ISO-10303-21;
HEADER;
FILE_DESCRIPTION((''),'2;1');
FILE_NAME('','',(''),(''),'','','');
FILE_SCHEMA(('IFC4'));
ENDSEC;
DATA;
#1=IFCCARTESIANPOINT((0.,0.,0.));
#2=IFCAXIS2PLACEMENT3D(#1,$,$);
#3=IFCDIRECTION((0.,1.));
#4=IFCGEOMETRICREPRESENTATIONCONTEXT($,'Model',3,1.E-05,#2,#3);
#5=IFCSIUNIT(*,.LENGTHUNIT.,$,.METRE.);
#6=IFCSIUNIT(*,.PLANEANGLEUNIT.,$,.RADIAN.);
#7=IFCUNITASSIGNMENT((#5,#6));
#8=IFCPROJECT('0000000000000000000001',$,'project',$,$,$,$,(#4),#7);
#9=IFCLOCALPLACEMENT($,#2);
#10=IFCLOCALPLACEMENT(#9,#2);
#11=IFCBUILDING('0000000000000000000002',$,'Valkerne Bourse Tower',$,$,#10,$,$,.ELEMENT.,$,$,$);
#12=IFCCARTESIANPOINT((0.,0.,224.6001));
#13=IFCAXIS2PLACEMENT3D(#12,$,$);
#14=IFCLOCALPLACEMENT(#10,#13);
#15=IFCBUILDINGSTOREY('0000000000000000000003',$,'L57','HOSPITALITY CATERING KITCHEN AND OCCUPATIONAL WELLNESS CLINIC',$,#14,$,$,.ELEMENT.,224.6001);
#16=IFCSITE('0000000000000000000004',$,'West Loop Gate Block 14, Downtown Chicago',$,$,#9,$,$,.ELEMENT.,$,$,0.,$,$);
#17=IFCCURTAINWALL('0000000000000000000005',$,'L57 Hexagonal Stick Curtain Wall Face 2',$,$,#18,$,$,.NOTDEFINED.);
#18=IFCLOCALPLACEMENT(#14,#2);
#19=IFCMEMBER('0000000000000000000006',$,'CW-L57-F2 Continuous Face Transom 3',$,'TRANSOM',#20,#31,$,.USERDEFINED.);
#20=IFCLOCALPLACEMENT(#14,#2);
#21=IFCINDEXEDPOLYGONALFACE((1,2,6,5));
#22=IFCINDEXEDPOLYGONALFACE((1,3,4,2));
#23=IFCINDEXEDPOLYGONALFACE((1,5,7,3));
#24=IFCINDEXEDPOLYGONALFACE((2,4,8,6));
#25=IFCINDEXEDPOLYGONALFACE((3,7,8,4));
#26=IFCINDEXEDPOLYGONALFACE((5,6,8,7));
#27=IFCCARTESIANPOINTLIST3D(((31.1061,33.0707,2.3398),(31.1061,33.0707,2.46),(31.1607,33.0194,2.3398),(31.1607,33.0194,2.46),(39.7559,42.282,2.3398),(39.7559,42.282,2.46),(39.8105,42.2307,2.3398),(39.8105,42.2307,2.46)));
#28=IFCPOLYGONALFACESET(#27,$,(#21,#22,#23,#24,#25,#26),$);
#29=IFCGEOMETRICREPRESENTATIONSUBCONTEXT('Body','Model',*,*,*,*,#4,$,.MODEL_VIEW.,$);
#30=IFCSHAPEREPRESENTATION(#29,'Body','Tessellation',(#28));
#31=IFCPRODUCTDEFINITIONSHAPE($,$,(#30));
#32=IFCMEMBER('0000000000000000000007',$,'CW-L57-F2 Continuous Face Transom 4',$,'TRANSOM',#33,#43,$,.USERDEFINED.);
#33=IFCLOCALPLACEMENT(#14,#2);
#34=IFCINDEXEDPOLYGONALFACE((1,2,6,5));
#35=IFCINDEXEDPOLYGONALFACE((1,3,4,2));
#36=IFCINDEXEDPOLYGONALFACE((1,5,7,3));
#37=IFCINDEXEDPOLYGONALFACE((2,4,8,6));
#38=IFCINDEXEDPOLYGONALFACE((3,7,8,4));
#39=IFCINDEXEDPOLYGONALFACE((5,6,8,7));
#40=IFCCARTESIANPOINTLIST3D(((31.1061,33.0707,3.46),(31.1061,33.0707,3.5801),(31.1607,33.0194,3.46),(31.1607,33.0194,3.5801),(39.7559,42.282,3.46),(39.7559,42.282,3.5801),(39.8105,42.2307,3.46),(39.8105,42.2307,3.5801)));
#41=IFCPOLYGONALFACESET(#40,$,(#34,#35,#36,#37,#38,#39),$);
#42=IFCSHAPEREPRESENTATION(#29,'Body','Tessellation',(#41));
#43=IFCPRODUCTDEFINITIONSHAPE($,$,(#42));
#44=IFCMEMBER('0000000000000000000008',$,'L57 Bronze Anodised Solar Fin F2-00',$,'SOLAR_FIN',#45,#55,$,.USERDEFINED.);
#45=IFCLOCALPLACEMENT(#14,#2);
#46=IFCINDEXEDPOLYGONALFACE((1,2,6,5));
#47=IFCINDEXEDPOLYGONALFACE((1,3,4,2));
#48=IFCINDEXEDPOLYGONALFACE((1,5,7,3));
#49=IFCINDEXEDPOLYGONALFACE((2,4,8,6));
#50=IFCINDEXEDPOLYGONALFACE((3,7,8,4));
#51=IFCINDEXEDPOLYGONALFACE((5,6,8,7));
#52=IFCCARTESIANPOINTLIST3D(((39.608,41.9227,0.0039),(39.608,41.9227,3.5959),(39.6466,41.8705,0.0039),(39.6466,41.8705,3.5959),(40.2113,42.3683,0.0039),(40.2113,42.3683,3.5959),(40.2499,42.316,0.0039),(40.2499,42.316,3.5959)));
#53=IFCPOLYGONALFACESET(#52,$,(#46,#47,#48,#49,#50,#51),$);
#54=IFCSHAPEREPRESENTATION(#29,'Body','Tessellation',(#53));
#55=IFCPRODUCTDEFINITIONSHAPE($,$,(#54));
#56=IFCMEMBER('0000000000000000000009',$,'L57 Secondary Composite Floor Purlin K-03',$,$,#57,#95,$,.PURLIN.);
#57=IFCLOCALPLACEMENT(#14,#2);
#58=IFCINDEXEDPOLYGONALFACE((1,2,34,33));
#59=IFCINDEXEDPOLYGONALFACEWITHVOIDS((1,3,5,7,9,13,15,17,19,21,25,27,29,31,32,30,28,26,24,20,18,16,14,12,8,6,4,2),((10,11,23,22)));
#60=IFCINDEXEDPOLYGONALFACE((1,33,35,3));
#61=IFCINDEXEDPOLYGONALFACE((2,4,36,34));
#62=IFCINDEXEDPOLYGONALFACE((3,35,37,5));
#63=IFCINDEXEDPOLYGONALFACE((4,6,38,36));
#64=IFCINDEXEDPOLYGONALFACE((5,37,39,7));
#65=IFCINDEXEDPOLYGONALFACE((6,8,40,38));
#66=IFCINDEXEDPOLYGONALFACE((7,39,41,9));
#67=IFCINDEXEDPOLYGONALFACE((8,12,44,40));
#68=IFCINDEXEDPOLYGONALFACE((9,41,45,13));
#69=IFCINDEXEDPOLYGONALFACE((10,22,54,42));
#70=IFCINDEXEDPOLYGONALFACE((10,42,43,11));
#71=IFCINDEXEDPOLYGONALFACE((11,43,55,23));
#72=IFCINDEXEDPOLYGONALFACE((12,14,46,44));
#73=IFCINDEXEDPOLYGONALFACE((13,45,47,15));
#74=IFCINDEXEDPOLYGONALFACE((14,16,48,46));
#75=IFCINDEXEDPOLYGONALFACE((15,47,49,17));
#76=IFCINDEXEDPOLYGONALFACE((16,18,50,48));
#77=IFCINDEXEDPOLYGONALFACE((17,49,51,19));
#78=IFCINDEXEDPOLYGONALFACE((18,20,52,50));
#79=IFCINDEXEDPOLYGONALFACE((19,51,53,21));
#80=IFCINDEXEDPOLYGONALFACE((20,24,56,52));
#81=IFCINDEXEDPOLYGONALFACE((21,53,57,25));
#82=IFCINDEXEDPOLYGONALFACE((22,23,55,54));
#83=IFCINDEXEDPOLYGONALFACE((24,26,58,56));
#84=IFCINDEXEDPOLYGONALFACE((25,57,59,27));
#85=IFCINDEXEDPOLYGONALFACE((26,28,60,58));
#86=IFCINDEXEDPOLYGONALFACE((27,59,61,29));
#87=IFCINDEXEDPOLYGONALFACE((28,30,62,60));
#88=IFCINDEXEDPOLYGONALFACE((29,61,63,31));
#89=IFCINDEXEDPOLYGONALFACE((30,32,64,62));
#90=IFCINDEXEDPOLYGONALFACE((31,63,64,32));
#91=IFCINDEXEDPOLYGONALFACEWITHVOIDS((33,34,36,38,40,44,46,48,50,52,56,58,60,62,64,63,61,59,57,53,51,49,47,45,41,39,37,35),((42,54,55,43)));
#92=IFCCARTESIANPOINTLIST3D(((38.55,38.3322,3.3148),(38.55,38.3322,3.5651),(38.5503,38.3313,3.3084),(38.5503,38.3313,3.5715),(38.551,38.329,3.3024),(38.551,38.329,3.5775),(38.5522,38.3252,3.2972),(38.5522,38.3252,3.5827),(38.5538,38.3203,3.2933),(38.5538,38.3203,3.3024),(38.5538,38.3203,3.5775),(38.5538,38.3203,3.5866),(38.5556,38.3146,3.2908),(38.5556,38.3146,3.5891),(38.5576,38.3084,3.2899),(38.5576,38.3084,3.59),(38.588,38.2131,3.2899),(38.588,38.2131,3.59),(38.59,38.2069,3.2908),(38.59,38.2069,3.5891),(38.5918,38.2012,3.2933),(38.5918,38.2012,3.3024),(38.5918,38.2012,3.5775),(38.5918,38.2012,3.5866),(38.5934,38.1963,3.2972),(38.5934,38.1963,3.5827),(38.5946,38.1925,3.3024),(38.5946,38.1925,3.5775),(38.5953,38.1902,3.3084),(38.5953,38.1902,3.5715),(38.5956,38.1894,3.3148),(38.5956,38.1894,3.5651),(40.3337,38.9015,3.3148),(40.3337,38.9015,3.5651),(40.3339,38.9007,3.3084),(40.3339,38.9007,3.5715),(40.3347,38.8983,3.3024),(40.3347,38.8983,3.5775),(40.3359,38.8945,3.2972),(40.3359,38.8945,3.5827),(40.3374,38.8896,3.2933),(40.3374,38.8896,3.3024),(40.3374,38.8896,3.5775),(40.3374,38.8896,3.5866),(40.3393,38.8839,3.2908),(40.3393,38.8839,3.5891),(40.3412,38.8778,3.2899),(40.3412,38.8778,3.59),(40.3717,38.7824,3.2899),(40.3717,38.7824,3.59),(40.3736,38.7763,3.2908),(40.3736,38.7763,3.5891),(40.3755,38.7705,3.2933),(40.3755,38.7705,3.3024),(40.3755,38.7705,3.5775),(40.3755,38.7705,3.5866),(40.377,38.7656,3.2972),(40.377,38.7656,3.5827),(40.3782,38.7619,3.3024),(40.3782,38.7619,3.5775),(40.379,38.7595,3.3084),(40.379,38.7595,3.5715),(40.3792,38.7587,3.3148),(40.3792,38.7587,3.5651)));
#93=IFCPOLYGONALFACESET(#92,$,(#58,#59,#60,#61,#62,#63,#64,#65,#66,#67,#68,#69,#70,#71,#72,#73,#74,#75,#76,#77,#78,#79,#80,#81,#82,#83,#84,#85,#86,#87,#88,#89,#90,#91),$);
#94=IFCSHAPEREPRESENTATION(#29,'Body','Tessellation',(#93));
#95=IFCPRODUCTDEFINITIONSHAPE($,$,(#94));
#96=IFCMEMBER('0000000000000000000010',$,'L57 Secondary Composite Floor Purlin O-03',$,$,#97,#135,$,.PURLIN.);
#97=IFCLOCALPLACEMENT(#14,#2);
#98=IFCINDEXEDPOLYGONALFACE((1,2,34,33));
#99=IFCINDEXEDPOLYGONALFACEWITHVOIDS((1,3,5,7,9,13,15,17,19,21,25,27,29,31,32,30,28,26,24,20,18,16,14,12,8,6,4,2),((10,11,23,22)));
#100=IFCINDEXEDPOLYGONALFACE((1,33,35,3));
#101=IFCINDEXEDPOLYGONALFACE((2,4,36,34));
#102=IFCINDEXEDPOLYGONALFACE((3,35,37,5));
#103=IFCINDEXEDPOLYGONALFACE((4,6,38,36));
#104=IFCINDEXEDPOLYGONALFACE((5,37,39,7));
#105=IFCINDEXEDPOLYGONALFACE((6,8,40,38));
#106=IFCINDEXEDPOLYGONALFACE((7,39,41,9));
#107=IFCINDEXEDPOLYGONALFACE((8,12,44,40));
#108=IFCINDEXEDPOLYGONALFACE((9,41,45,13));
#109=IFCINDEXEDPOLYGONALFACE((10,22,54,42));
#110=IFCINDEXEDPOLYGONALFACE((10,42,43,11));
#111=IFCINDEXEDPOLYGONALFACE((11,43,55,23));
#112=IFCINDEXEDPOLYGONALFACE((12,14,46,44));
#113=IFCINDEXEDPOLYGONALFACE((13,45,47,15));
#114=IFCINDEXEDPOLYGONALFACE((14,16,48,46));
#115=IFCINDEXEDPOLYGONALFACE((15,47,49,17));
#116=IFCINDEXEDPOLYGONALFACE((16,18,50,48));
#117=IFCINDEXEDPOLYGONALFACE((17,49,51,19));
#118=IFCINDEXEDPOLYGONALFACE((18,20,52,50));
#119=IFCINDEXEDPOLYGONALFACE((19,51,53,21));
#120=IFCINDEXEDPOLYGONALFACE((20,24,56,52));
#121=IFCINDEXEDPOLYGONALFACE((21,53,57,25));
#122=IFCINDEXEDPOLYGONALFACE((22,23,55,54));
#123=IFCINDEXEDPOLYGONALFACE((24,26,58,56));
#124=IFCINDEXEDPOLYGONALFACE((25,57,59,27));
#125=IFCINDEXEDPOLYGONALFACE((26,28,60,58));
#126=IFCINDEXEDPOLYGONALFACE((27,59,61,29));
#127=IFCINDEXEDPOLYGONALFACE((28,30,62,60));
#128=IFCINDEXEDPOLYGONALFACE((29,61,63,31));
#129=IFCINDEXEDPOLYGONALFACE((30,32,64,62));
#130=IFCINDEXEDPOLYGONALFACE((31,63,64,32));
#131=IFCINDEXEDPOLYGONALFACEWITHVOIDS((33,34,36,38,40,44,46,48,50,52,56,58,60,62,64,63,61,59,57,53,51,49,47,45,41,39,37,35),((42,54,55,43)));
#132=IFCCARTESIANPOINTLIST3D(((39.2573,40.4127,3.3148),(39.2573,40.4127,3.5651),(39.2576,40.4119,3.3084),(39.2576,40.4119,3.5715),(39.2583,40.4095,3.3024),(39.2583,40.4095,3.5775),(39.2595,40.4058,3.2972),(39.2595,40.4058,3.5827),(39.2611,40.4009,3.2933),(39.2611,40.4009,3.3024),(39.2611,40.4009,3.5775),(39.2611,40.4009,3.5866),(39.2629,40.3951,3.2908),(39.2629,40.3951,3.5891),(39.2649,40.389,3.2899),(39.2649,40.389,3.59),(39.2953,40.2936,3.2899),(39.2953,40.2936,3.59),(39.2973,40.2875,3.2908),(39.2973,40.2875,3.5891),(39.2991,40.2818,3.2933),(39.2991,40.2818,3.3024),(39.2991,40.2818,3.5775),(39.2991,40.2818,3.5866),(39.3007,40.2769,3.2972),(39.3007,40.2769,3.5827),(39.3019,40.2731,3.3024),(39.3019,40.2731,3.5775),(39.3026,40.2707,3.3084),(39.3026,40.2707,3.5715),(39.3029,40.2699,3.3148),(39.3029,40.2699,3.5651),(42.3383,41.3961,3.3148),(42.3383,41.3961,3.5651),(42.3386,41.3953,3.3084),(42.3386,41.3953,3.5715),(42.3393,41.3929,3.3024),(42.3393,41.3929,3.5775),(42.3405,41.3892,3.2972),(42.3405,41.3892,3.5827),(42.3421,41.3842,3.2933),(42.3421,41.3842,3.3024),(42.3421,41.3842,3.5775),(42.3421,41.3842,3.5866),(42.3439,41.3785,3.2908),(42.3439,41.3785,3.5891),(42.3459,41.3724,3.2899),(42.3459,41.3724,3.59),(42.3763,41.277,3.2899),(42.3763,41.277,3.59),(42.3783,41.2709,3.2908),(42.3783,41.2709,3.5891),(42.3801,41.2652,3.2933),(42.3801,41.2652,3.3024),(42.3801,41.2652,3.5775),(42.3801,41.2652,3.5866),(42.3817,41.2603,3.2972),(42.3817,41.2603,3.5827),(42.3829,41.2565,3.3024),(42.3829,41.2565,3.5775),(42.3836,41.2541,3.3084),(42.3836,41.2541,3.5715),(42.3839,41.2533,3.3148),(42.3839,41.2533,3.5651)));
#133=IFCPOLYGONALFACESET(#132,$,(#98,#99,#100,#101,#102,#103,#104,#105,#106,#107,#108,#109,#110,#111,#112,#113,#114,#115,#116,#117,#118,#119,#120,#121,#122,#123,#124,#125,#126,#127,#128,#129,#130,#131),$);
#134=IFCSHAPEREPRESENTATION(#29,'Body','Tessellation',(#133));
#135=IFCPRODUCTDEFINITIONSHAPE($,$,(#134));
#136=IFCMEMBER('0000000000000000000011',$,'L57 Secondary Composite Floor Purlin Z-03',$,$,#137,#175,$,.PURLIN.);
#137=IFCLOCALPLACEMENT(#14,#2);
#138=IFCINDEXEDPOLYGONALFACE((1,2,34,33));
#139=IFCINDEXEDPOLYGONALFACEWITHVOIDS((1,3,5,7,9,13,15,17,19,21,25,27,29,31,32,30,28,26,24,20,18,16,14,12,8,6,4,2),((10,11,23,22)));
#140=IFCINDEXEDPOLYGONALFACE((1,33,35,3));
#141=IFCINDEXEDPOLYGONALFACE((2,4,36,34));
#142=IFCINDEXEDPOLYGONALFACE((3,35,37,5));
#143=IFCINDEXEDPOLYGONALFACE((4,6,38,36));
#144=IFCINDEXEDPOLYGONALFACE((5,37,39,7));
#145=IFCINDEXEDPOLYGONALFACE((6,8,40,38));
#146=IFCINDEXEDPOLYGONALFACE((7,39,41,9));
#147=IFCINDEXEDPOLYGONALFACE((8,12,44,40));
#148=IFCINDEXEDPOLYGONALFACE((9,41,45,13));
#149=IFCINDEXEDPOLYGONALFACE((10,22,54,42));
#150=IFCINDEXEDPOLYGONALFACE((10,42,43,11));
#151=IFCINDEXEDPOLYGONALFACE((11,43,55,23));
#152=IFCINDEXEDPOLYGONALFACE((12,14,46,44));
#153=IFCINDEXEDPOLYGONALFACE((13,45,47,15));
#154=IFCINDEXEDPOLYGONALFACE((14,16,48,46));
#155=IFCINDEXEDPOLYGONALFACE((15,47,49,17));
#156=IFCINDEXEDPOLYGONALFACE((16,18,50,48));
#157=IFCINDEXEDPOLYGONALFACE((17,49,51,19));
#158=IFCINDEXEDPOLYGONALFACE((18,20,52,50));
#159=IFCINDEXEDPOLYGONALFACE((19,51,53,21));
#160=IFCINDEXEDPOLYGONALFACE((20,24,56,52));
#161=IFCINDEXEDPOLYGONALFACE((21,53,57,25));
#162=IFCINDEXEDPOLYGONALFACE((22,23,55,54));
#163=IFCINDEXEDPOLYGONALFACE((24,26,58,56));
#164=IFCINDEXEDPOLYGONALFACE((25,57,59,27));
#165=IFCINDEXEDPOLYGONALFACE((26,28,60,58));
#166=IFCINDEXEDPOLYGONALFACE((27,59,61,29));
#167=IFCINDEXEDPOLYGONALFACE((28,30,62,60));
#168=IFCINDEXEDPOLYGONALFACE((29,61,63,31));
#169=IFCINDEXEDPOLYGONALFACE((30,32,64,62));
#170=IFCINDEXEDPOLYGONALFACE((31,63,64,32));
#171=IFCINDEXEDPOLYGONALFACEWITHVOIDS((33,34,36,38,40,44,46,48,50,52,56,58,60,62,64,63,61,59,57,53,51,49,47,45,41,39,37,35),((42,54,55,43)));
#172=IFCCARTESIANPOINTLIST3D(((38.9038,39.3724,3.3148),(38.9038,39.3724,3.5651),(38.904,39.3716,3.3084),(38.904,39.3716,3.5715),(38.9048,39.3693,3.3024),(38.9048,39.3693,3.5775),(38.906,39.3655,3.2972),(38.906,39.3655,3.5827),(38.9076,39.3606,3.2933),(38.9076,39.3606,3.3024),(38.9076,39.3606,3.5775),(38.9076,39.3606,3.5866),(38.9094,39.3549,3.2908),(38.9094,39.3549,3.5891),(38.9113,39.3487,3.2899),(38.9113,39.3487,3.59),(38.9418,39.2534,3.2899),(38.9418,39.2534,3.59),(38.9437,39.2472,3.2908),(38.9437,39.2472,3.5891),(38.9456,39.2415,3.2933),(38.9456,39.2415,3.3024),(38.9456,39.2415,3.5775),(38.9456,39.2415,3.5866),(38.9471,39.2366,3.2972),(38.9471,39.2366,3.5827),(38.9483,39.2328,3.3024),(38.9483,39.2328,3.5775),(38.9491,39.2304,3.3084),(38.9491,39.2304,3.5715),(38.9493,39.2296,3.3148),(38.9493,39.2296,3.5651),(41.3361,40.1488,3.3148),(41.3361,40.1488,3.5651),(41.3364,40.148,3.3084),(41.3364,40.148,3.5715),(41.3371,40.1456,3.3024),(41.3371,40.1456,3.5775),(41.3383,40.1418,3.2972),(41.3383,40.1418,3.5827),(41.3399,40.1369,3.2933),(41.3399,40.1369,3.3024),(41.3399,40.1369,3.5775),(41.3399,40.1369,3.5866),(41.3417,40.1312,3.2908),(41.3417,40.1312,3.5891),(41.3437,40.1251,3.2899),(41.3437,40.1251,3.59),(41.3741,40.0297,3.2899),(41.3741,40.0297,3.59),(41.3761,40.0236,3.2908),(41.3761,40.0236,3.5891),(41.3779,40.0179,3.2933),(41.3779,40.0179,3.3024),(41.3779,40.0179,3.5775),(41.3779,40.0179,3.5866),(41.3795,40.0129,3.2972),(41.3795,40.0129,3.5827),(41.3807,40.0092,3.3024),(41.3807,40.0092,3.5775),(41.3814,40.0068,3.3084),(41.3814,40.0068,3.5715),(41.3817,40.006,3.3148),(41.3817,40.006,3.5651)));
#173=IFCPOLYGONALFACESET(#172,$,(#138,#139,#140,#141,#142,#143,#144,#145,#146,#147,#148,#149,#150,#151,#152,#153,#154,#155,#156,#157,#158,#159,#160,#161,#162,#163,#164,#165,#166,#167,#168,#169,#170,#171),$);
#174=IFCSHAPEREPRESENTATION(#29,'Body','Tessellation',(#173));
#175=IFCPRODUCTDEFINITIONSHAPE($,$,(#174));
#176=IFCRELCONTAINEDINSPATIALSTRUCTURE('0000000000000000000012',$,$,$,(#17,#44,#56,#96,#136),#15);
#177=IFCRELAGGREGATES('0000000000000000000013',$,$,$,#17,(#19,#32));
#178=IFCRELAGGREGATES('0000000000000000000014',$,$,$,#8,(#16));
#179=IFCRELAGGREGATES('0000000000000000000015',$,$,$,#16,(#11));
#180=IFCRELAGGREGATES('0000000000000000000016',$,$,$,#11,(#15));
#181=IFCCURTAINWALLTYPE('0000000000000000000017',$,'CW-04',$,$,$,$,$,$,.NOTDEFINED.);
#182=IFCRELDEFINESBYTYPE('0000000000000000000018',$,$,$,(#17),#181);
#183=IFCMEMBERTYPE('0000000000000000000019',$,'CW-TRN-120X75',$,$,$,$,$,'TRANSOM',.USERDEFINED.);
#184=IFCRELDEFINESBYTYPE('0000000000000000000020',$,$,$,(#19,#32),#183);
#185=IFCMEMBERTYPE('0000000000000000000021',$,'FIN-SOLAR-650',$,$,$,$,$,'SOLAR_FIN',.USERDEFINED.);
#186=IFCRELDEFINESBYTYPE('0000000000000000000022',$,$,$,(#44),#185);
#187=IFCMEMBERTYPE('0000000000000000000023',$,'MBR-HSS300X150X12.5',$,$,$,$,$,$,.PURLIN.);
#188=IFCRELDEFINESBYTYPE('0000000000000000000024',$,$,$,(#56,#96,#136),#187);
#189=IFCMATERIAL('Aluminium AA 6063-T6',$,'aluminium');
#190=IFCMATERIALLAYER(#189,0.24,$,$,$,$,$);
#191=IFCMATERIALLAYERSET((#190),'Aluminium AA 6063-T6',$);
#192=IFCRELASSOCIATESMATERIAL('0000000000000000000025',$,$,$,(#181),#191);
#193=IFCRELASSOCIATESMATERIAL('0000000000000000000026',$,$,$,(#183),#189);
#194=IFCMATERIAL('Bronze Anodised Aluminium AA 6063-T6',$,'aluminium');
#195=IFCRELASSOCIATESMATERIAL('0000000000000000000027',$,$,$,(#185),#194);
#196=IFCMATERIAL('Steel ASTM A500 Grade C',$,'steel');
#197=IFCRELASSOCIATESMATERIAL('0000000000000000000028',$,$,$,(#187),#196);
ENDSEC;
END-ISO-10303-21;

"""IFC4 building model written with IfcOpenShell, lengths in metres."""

from ifc_helpers import new_model, si_unit, direction, frame, origin, origin_2d, place, context, subcontext, project, spatial, rectangle, hollow_rectangle, extrude, material, layer, layer_set, material_profile, profile_set, type_object, element, aggregate, save


model = new_model("IFC4")

# Units and contexts
model_context = context("Model", 3, precision=1e-05, world=origin(), true_north=direction((0.0, 1.0)))
body_context = subcontext(model_context, "Body", "Model", "MODEL_VIEW")
ifc_project = project(units=[si_unit("LENGTHUNIT", "METRE"), si_unit("PLANEANGLEUNIT", "RADIAN")], contexts=[model_context])

# Site, building, storey
site_placement = place(None, origin())
site = spatial("IfcSite", under=ifc_project, at=site_placement, Name="West Loop Gate Block 14, Downtown Chicago", CompositionType="ELEMENT", RefElevation=0.0)
building_placement = place(site_placement, origin())
building = spatial("IfcBuilding", under=site, at=building_placement, Name="Valkerne Bourse Tower", CompositionType="ELEMENT")
storey_placement = place(building_placement, frame((0.0, 0.0, 224.6001)))
storey = spatial("IfcBuildingStorey", under=building, at=storey_placement, Name="L57", Description="HOSPITALITY CATERING KITCHEN AND OCCUPATIONAL WELLNESS CLINIC", CompositionType="ELEMENT", Elevation=224.6001)

# Curtain wall, members
ifc_material_1 = material(Name="Aluminium AA 6063-T6", Category="aluminium")
ifc_layer_1 = layer(ifc_material_1, 0.24)
ifc_layer_set_1 = layer_set([ifc_layer_1], Name="Aluminium AA 6063-T6")
curtain_wall_type = type_object("IfcCurtainWallType", Name="CW-04", PredefinedType="NOTDEFINED", material=ifc_layer_set_1)
curtain_wall_1_placement = place(storey_placement, origin())
curtain_wall_1 = element("IfcCurtainWall", 1, at=curtain_wall_1_placement, inside=storey, type_object=curtain_wall_type, Name="L57 Hexagonal Stick Curtain Wall Face 2", PredefinedType="NOTDEFINED")
ifc_material_profile_1 = material_profile(ifc_material_1, rectangle(XDim=0.075, YDim=0.1201, at=origin_2d()), Name="CWT-75X120")
ifc_profile_set_1 = profile_set([ifc_material_profile_1], Name="Aluminium AA 6063-T6")
member_type_1 = type_object("IfcMemberType", Name="CW-TRN-120X75", ElementType="TRANSOM", PredefinedType="USERDEFINED", material=ifc_profile_set_1)
member_1_placement = place(storey_placement, frame((39.7832, 42.2563, 2.3999), z_axis=(-0.684539, -0.728977, 0.0), x_axis=(0.728977, -0.684539, 0.0)))
member_1 = element("IfcMember", 2, at=member_1_placement, type_object=member_type_1, Name="CW-L57-F2 Continuous Face Transom 3", ObjectType="TRANSOM", PredefinedType="USERDEFINED", context=body_context, shape_type="SweptSolid", body=[
    extrude(rectangle(XDim=0.075, YDim=0.1201, at=origin_2d()), origin(), (0.0, 0.0, 1.0), 12.636),
])
member_2_placement = place(storey_placement, frame((39.7832, 42.2563, 3.52), z_axis=(-0.684539, -0.728977, 0.0), x_axis=(0.728977, -0.684539, 0.0)))
member_2 = element("IfcMember", 3, at=member_2_placement, type_object=member_type_1, Name="CW-L57-F2 Continuous Face Transom 4", ObjectType="TRANSOM", PredefinedType="USERDEFINED", context=body_context, shape_type="SweptSolid", body=[
    extrude(rectangle(XDim=0.075, YDim=0.1201, at=origin_2d()), origin(), (0.0, 0.0, 1.0), 12.636),
])
aggregate(curtain_wall_1, [member_1, member_2])

# Members
ifc_material_2 = material(Name="Bronze Anodised Aluminium AA 6063-T6", Category="aluminium")
ifc_material_profile_2 = material_profile(ifc_material_2, rectangle(XDim=0.0649, YDim=0.75, at=origin_2d()), Name="FIN-65X750")
ifc_profile_set_2 = profile_set([ifc_material_profile_2], Name="Bronze Anodised Aluminium AA 6063-T6")
member_type_2 = type_object("IfcMemberType", Name="FIN-SOLAR-650", ElementType="SOLAR_FIN", PredefinedType="USERDEFINED", material=ifc_profile_set_2)
member_3_placement = place(storey_placement, frame((39.929, 42.1194, 0.0039), z_axis=(0.0, 0.0, 1.0), x_axis=(-0.594037, 0.804438, 0.0)))
element("IfcMember", 4, at=member_3_placement, inside=storey, type_object=member_type_2, Name="L57 Bronze Anodised Solar Fin F2-00", ObjectType="SOLAR_FIN", PredefinedType="USERDEFINED", context=body_context, shape_type="SweptSolid", body=[
    extrude(rectangle(XDim=0.0649, YDim=0.75, at=origin_2d()), origin(), (0.0, 0.0, 1.0), 3.592),
])
ifc_material_3 = material(Name="Steel ASTM A500 Grade C", Category="steel")
ifc_material_profile_3 = material_profile(ifc_material_3, hollow_rectangle(XDim=0.1499, YDim=0.3, WallThickness=0.0125, OuterFilletRadius=0.0249, at=origin_2d()), Name="HSS300X150X12.5")
ifc_profile_set_3 = profile_set([ifc_material_profile_3], Name="Steel ASTM A500 Grade C")
member_type_3 = type_object("IfcMemberType", Name="MBR-HSS300X150X12.5", PredefinedType="PURLIN", material=ifc_profile_set_3)
member_4_placement = place(storey_placement, frame((40.3564, 38.8301, 3.4399), z_axis=(-0.952648, -0.304075, 0.0), x_axis=(0.304075, -0.952648, 0.0)))
element("IfcMember", 5, at=member_4_placement, inside=storey, type_object=member_type_3, Name="L57 Secondary Composite Floor Purlin K-03", PredefinedType="PURLIN", context=body_context, shape_type="SweptSolid", body=[
    extrude(hollow_rectangle(XDim=0.1499, YDim=0.3, WallThickness=0.0125, OuterFilletRadius=0.0249, at=origin_2d()), origin(), (0.0, 0.0, 1.0), 1.8723),
])
member_5_placement = place(storey_placement, frame((42.3611, 41.3247, 3.4399), z_axis=(-0.952652, -0.304063, 0.0), x_axis=(0.304063, -0.952652, 0.0)))
element("IfcMember", 6, at=member_5_placement, inside=storey, type_object=member_type_3, Name="L57 Secondary Composite Floor Purlin O-03", PredefinedType="PURLIN", context=body_context, shape_type="SweptSolid", body=[
    extrude(hollow_rectangle(XDim=0.1499, YDim=0.3, WallThickness=0.0125, OuterFilletRadius=0.0249, at=origin_2d()), origin(), (0.0, 0.0, 1.0), 3.2341),
])
member_6_placement = place(storey_placement, frame((41.3589, 40.0774, 3.4399), z_axis=(-0.95265, -0.304068, 0.0), x_axis=(0.304068, -0.95265, 0.0)))
element("IfcMember", 7, at=member_6_placement, inside=storey, type_object=member_type_3, Name="L57 Secondary Composite Floor Purlin Z-03", PredefinedType="PURLIN", context=body_context, shape_type="SweptSolid", body=[
    extrude(hollow_rectangle(XDim=0.1499, YDim=0.3, WallThickness=0.0125, OuterFilletRadius=0.0249, at=origin_2d()), origin(), (0.0, 0.0, 1.0), 2.5532),
])

save(model, "model.ifc")
